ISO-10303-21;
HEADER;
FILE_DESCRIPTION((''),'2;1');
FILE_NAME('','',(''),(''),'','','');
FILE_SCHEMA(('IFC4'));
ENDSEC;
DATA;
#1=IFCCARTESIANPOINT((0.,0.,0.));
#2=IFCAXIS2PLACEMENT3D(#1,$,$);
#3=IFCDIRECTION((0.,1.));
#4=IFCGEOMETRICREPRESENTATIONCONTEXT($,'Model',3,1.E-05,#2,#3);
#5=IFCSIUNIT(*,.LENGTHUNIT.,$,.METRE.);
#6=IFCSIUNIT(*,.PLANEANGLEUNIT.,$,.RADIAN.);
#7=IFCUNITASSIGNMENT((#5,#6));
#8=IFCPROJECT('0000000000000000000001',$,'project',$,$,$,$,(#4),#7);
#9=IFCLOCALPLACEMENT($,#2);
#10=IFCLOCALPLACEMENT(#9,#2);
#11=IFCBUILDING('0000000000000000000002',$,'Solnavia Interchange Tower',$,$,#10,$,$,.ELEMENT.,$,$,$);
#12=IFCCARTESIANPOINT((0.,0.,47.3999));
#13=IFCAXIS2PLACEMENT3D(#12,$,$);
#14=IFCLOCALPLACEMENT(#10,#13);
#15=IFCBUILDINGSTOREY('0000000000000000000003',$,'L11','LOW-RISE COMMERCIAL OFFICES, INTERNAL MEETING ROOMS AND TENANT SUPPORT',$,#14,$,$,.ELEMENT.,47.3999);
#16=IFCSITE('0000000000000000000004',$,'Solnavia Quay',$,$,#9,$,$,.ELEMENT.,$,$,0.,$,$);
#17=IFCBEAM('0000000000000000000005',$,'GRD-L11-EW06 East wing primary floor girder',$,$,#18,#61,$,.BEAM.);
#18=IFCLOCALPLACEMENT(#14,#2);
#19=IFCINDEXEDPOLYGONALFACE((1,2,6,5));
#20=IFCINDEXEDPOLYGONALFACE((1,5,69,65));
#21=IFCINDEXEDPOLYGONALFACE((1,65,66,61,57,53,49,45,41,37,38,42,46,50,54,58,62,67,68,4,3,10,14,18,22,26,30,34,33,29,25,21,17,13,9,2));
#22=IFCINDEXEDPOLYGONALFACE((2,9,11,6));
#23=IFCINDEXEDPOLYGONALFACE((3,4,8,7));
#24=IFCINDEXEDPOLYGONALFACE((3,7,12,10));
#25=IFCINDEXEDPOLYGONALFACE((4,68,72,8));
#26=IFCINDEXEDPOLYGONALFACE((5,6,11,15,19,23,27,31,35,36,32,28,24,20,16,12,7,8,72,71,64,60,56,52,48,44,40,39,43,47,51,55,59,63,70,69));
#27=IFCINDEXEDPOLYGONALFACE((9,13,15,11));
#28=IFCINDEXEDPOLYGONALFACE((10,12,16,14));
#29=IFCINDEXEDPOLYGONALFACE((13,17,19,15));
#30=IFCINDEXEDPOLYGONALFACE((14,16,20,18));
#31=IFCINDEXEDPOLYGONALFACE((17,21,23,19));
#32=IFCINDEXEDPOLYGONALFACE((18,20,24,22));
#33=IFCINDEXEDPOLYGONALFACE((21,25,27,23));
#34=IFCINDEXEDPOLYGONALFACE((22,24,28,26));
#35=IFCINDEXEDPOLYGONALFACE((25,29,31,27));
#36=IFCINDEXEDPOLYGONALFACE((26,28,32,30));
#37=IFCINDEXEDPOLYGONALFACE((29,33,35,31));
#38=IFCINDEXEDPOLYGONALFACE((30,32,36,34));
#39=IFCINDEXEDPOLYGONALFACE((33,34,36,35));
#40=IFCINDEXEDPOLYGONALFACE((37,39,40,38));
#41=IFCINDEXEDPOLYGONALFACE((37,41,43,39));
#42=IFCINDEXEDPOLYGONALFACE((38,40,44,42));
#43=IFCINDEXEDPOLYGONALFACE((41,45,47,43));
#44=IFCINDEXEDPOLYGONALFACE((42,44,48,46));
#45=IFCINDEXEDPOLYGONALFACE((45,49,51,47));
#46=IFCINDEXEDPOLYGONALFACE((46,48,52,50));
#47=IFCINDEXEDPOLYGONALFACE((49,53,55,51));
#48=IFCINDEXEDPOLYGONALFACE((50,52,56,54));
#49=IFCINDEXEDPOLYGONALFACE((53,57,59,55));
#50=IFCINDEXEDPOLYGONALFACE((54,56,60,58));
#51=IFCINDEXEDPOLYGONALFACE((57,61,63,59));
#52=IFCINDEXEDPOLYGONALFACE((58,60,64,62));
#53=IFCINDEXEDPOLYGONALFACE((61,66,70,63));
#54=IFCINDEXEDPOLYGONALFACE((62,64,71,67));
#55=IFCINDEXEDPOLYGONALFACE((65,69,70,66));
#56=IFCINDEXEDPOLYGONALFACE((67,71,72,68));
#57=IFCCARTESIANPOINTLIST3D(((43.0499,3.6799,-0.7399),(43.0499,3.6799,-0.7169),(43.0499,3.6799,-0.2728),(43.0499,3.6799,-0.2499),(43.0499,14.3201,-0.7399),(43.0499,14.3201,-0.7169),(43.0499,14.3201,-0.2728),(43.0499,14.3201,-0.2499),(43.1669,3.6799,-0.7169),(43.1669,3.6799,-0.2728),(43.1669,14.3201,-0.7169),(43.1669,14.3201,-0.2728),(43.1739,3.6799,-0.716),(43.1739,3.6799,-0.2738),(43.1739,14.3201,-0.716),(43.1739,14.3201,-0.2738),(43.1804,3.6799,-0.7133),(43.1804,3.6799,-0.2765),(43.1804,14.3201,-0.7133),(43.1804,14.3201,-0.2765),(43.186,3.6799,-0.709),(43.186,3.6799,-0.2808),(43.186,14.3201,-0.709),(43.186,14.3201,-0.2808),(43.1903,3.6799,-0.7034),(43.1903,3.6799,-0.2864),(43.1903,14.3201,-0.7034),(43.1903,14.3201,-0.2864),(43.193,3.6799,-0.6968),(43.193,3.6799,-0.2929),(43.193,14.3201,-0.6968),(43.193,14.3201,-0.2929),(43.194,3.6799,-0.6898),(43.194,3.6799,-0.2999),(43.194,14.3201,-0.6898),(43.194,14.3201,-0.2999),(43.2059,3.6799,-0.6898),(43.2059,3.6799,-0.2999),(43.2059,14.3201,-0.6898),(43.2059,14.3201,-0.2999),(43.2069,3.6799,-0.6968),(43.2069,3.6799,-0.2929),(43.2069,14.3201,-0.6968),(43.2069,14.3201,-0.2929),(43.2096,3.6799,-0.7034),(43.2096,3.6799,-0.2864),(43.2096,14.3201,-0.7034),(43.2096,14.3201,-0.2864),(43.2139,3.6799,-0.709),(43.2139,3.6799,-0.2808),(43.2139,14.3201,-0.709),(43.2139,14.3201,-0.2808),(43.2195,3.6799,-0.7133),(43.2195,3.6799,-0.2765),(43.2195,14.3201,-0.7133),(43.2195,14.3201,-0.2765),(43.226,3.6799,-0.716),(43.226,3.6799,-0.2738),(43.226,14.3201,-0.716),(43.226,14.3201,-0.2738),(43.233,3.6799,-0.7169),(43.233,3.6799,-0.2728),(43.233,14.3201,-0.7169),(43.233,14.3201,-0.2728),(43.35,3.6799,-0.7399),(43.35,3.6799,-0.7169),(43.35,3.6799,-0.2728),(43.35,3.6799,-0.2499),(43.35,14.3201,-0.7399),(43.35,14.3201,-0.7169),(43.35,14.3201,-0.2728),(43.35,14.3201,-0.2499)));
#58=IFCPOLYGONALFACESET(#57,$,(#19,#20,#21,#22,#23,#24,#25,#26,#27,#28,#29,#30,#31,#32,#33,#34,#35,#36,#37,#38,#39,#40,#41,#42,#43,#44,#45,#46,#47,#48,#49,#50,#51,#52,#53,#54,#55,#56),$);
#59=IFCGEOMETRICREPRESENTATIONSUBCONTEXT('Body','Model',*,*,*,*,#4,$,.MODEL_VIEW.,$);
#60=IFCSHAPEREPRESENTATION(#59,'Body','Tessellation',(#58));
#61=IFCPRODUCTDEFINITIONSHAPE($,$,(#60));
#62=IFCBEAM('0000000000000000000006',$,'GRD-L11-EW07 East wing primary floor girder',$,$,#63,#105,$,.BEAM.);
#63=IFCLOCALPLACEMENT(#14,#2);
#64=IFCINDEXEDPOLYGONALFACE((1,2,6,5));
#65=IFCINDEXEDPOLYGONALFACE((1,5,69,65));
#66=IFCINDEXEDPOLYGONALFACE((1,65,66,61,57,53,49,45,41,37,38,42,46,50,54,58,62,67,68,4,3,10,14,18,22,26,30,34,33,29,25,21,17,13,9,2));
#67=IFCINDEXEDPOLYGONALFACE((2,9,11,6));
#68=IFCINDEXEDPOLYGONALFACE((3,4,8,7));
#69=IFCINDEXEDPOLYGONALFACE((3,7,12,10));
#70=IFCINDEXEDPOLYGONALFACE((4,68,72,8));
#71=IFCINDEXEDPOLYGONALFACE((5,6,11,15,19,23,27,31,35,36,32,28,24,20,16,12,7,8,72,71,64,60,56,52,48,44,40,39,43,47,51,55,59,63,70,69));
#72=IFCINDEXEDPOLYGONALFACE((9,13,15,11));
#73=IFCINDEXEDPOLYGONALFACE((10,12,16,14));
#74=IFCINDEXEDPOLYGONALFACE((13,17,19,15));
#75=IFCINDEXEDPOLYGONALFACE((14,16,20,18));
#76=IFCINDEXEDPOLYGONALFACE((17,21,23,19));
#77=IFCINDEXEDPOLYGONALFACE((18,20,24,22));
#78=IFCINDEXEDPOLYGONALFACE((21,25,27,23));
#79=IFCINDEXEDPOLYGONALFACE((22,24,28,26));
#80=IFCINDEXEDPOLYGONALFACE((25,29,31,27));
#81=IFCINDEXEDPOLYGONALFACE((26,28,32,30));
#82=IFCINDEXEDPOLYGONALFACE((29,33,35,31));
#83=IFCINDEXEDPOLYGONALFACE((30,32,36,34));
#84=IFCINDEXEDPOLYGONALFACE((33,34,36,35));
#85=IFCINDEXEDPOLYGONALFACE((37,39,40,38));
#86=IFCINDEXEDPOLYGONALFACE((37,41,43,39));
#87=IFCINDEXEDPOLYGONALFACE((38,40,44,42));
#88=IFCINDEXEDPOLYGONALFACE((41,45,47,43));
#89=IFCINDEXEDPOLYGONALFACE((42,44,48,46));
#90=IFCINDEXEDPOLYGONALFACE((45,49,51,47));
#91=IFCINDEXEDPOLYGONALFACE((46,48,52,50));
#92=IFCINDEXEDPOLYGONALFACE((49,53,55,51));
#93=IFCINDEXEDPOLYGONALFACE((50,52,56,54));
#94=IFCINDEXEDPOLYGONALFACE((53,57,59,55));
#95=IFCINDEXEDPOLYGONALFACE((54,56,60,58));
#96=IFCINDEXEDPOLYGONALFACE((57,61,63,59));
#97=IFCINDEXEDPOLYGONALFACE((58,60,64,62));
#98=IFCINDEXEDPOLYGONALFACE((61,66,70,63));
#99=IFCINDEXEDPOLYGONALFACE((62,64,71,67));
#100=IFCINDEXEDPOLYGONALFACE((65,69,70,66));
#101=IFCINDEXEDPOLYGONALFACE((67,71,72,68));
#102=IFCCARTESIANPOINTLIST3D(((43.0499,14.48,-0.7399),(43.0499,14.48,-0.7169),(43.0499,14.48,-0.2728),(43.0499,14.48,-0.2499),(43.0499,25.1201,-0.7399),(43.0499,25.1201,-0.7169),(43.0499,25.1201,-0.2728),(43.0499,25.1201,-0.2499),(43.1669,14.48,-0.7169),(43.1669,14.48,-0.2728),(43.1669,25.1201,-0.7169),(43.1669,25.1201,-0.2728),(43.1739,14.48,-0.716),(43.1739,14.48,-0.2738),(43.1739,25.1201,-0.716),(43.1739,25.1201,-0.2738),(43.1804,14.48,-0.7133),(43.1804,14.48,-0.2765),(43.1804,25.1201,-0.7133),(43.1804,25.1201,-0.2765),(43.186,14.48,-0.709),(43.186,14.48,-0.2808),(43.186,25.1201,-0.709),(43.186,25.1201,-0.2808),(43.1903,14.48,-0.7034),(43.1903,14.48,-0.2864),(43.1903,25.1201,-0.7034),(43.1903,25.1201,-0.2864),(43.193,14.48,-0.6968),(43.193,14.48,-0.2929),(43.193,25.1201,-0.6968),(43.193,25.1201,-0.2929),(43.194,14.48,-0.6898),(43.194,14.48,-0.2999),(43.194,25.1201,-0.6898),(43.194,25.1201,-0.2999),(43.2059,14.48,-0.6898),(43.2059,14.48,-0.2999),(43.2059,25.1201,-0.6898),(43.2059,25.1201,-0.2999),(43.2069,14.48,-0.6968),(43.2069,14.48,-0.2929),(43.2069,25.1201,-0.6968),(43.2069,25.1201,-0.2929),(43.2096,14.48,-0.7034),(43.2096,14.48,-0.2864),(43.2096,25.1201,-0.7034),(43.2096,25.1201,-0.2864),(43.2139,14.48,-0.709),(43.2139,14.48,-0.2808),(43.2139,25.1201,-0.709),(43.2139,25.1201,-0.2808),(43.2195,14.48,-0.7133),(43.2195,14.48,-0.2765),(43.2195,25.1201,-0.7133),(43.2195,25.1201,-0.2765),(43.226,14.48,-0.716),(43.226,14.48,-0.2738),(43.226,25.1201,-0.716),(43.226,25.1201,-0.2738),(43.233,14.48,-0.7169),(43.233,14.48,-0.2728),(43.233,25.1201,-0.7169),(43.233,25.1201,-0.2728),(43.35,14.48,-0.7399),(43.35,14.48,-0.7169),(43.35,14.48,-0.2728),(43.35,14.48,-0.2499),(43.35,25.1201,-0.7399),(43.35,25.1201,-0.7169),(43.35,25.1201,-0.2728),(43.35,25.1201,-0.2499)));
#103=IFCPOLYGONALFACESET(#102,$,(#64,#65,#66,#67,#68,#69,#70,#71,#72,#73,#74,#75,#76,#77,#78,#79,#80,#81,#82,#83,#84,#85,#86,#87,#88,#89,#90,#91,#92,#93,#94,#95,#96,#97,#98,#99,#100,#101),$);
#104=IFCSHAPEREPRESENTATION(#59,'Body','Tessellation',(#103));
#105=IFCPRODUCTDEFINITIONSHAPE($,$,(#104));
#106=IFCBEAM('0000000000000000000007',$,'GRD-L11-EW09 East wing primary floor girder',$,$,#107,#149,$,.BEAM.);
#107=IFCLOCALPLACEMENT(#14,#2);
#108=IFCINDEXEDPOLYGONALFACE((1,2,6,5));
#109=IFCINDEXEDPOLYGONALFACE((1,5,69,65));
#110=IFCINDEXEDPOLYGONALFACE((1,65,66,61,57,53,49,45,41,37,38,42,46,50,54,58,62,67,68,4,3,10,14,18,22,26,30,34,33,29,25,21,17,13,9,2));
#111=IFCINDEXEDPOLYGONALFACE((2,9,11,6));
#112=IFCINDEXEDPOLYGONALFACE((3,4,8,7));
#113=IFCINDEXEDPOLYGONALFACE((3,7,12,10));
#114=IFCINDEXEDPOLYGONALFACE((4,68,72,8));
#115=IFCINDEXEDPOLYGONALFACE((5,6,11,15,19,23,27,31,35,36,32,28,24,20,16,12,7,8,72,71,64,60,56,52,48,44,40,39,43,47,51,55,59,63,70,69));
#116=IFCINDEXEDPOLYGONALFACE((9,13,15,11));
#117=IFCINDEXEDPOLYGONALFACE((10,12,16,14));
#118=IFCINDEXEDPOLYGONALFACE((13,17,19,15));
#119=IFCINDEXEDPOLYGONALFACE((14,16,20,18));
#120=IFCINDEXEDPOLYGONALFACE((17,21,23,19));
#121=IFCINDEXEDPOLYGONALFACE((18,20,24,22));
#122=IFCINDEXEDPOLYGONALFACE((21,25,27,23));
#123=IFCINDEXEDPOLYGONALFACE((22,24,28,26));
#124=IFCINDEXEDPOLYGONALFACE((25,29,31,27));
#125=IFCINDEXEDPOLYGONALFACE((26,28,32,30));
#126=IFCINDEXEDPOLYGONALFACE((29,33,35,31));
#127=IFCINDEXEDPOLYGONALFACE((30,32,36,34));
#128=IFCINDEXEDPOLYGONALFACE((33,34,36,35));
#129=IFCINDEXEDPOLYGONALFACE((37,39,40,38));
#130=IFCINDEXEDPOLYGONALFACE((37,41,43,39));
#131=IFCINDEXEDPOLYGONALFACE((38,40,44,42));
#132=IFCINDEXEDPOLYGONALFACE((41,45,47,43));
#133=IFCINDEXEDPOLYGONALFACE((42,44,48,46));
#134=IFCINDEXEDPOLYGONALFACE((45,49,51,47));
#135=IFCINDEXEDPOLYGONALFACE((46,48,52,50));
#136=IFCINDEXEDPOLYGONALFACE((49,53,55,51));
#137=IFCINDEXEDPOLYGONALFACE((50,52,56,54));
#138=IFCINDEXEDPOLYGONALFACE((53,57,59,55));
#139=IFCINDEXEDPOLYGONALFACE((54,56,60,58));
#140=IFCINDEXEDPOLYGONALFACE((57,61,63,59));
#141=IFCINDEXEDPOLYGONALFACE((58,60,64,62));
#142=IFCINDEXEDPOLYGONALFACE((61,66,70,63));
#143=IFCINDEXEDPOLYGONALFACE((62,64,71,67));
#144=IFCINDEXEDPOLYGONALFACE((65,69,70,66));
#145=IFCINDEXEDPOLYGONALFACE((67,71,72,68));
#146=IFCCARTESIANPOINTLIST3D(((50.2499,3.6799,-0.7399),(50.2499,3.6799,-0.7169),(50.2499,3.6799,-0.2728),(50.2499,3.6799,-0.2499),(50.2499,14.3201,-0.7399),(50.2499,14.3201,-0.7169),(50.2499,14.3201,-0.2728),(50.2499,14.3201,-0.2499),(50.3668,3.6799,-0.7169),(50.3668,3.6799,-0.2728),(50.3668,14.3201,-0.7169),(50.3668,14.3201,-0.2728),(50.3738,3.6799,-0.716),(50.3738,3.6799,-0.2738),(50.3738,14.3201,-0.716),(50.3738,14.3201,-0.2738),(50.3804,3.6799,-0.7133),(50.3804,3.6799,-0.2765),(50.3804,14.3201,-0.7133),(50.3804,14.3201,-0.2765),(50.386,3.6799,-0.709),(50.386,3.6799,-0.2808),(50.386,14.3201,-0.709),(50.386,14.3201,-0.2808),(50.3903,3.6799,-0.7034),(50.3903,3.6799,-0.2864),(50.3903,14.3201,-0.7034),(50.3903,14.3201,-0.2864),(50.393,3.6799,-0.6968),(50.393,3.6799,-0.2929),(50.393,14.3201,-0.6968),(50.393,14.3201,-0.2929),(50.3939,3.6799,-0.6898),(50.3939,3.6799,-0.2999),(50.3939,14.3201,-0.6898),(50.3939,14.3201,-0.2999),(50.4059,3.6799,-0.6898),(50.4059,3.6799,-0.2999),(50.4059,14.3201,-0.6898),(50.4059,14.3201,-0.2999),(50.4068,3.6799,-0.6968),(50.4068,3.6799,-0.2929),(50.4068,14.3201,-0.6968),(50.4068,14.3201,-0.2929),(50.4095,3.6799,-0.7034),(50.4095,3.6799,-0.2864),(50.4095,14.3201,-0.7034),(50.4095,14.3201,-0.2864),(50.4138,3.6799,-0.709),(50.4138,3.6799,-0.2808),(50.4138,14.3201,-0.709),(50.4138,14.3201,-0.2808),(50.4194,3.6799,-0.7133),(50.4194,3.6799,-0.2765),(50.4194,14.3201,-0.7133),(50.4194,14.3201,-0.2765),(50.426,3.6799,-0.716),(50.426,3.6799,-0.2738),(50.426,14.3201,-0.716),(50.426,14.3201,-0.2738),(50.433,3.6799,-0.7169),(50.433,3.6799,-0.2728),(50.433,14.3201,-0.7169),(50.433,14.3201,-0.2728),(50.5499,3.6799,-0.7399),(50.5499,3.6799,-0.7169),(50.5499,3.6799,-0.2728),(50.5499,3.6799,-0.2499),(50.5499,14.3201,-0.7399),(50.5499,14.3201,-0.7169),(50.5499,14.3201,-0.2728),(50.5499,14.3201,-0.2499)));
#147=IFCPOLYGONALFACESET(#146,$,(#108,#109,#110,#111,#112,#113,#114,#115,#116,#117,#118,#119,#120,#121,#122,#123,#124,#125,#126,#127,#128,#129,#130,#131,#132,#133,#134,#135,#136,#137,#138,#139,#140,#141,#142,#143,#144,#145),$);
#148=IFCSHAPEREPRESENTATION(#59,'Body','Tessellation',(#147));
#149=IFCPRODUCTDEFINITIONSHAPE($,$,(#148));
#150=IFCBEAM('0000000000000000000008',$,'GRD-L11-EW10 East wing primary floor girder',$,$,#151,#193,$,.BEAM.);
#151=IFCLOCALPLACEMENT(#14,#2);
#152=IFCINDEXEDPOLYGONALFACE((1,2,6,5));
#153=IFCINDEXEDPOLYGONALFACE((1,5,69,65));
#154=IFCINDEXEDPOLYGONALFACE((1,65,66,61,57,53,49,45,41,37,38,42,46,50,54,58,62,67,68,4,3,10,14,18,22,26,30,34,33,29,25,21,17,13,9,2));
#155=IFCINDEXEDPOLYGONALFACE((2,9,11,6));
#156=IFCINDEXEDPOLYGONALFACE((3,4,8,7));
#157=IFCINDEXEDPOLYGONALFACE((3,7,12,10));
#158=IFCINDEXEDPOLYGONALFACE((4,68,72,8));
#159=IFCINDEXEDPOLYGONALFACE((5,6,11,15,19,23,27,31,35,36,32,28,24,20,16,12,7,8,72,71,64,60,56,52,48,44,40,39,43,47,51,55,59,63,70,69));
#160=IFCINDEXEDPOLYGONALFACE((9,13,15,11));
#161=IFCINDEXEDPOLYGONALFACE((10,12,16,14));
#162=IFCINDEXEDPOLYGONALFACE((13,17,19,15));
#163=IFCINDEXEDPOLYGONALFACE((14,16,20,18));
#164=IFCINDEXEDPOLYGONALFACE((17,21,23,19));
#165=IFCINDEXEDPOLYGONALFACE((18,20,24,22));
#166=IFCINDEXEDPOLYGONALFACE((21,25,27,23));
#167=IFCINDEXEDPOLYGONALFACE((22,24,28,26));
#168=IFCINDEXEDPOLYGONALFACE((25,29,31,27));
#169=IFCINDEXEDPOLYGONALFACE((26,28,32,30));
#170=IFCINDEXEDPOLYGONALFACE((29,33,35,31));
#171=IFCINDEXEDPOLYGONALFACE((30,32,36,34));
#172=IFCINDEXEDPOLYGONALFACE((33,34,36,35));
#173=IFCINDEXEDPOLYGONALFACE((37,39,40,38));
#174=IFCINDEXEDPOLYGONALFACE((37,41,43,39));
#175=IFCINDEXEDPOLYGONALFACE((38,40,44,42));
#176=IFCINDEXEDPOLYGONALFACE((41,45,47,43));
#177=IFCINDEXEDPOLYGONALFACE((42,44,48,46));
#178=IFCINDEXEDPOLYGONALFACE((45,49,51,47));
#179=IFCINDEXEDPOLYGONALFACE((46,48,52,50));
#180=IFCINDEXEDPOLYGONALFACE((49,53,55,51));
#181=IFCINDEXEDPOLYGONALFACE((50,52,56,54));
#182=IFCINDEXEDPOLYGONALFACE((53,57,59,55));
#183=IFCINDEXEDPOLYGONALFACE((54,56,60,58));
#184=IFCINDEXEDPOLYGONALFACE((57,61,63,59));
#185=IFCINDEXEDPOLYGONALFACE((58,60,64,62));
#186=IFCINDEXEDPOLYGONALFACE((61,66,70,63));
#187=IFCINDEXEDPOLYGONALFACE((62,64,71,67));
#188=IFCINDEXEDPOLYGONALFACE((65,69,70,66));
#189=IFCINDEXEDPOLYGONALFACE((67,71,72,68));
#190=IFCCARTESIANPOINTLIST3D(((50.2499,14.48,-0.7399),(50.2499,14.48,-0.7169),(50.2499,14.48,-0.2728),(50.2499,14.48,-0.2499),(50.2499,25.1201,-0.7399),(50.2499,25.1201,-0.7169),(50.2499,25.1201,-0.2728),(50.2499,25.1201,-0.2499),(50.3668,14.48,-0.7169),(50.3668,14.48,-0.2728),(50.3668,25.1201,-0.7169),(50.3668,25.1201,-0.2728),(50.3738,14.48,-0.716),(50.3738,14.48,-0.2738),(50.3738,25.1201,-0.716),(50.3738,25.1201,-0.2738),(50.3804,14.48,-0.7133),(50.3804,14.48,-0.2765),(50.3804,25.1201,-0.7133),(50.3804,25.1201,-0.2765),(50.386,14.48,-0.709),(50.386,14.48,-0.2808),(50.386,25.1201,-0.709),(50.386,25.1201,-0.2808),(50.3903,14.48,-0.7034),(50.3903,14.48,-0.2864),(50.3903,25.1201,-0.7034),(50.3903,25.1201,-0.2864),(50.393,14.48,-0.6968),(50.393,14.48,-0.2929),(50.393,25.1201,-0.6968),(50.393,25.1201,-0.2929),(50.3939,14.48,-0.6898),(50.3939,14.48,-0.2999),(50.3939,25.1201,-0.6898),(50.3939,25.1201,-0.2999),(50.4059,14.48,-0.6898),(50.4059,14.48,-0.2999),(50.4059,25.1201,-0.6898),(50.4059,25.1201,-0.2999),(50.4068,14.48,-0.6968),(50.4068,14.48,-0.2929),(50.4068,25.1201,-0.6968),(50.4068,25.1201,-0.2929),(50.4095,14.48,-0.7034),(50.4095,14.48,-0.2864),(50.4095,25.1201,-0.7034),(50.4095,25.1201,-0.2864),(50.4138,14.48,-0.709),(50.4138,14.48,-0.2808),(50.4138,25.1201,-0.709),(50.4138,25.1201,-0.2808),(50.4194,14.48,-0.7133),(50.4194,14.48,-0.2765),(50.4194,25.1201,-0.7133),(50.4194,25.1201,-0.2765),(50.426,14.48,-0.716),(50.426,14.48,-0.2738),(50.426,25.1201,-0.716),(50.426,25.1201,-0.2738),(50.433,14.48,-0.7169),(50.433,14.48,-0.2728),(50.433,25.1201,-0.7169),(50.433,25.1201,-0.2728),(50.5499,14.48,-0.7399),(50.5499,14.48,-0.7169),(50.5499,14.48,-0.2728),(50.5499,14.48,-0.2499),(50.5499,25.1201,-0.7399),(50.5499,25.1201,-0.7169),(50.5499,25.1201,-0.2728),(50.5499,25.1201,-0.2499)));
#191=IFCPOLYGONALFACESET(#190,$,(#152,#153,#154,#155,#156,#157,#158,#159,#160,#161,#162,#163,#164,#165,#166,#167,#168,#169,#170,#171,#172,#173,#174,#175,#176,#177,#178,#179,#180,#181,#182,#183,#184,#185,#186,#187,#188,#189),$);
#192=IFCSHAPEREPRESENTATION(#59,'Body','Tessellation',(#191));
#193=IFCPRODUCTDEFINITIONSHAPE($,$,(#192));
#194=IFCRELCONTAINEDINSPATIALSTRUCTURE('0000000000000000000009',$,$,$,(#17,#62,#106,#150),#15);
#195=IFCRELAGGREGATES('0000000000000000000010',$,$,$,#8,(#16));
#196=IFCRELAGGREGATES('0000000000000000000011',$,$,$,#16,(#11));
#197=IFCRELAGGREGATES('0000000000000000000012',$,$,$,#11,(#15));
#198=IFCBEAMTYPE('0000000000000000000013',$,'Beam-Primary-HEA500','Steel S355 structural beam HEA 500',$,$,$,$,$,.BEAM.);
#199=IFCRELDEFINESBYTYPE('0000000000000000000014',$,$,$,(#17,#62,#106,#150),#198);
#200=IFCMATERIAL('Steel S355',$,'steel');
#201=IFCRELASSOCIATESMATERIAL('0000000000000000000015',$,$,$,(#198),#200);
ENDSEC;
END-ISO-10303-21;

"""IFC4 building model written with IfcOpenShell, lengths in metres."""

from ifc_helpers import new_model, si_unit, direction, frame, origin, origin_2d, place, context, subcontext, project, spatial, i_section, extrude, material, material_profile, profile_set, type_object, element, save


model = new_model("IFC4")

# Units and contexts
model_context = context("Model", 3, precision=1e-05, world=origin(), true_north=direction((0.0, 1.0)))
body_context = subcontext(model_context, "Body", "Model", "MODEL_VIEW")
ifc_project = project(units=[si_unit("LENGTHUNIT", "METRE"), si_unit("PLANEANGLEUNIT", "RADIAN")], contexts=[model_context])

# Site, building, storey
site_placement = place(None, origin())
site = spatial("IfcSite", under=ifc_project, at=site_placement, Name="Solnavia Quay", CompositionType="ELEMENT", RefElevation=0.0)
building_placement = place(site_placement, origin())
building = spatial("IfcBuilding", under=site, at=building_placement, Name="Solnavia Interchange Tower", CompositionType="ELEMENT")
storey_placement = place(building_placement, frame((0.0, 0.0, 47.3999)))
storey = spatial("IfcBuildingStorey", under=building, at=storey_placement, Name="L11", Description="LOW-RISE COMMERCIAL OFFICES, INTERNAL MEETING ROOMS AND TENANT SUPPORT", CompositionType="ELEMENT", Elevation=47.3999)

# Shared definitions
ifc_material_1 = material(Name="Steel S355", Category="steel")

# Beams
ifc_material_profile_1 = material_profile(ifc_material_1, i_section(OverallWidth=0.3, OverallDepth=0.49, WebThickness=0.012, FlangeThickness=0.0229, FilletRadius=0.0271, at=origin_2d()), Name="HEA 500")
ifc_profile_set_1 = profile_set([ifc_material_profile_1], Name="Steel S355")
beam_type_1 = type_object("IfcBeamType", Name="Beam-Primary-HEA500", Description="Steel S355 structural beam HEA 500", PredefinedType="BEAM", material=ifc_profile_set_1)
for number, where, z_axis, x_axis, name in (
    (1, (43.2, 3.6799, -0.4949), (0.0, 1.0, 0.0), (-1.0, 0.0, 0.0), "GRD-L11-EW06 East wing primary floor girder"),
    (2, (43.2, 14.48, -0.4949), (0.0, 1.0, 0.0), (-1.0, 0.0, 0.0), "GRD-L11-EW07 East wing primary floor girder"),
    (3, (50.3999, 3.6799, -0.4949), (0.0, 1.0, 0.0), (-1.0, 0.0, 0.0), "GRD-L11-EW09 East wing primary floor girder"),
    (4, (50.3999, 14.48, -0.4949), (0.0, 1.0, 0.0), (-1.0, 0.0, 0.0), "GRD-L11-EW10 East wing primary floor girder"),
):
    element("IfcBeam", number, at=place(storey_placement, frame(where, z_axis=z_axis, x_axis=x_axis)), inside=storey, type_object=beam_type_1, Name=name, PredefinedType="BEAM", context=body_context, shape_type="SweptSolid", body=[
        extrude(i_section(OverallWidth=0.3, OverallDepth=0.49, WebThickness=0.012, FlangeThickness=0.0229, FilletRadius=0.0271, at=origin_2d()), origin(), (0.0, 0.0, 1.0), 10.6401),
    ])

save(model, "model.ifc")
